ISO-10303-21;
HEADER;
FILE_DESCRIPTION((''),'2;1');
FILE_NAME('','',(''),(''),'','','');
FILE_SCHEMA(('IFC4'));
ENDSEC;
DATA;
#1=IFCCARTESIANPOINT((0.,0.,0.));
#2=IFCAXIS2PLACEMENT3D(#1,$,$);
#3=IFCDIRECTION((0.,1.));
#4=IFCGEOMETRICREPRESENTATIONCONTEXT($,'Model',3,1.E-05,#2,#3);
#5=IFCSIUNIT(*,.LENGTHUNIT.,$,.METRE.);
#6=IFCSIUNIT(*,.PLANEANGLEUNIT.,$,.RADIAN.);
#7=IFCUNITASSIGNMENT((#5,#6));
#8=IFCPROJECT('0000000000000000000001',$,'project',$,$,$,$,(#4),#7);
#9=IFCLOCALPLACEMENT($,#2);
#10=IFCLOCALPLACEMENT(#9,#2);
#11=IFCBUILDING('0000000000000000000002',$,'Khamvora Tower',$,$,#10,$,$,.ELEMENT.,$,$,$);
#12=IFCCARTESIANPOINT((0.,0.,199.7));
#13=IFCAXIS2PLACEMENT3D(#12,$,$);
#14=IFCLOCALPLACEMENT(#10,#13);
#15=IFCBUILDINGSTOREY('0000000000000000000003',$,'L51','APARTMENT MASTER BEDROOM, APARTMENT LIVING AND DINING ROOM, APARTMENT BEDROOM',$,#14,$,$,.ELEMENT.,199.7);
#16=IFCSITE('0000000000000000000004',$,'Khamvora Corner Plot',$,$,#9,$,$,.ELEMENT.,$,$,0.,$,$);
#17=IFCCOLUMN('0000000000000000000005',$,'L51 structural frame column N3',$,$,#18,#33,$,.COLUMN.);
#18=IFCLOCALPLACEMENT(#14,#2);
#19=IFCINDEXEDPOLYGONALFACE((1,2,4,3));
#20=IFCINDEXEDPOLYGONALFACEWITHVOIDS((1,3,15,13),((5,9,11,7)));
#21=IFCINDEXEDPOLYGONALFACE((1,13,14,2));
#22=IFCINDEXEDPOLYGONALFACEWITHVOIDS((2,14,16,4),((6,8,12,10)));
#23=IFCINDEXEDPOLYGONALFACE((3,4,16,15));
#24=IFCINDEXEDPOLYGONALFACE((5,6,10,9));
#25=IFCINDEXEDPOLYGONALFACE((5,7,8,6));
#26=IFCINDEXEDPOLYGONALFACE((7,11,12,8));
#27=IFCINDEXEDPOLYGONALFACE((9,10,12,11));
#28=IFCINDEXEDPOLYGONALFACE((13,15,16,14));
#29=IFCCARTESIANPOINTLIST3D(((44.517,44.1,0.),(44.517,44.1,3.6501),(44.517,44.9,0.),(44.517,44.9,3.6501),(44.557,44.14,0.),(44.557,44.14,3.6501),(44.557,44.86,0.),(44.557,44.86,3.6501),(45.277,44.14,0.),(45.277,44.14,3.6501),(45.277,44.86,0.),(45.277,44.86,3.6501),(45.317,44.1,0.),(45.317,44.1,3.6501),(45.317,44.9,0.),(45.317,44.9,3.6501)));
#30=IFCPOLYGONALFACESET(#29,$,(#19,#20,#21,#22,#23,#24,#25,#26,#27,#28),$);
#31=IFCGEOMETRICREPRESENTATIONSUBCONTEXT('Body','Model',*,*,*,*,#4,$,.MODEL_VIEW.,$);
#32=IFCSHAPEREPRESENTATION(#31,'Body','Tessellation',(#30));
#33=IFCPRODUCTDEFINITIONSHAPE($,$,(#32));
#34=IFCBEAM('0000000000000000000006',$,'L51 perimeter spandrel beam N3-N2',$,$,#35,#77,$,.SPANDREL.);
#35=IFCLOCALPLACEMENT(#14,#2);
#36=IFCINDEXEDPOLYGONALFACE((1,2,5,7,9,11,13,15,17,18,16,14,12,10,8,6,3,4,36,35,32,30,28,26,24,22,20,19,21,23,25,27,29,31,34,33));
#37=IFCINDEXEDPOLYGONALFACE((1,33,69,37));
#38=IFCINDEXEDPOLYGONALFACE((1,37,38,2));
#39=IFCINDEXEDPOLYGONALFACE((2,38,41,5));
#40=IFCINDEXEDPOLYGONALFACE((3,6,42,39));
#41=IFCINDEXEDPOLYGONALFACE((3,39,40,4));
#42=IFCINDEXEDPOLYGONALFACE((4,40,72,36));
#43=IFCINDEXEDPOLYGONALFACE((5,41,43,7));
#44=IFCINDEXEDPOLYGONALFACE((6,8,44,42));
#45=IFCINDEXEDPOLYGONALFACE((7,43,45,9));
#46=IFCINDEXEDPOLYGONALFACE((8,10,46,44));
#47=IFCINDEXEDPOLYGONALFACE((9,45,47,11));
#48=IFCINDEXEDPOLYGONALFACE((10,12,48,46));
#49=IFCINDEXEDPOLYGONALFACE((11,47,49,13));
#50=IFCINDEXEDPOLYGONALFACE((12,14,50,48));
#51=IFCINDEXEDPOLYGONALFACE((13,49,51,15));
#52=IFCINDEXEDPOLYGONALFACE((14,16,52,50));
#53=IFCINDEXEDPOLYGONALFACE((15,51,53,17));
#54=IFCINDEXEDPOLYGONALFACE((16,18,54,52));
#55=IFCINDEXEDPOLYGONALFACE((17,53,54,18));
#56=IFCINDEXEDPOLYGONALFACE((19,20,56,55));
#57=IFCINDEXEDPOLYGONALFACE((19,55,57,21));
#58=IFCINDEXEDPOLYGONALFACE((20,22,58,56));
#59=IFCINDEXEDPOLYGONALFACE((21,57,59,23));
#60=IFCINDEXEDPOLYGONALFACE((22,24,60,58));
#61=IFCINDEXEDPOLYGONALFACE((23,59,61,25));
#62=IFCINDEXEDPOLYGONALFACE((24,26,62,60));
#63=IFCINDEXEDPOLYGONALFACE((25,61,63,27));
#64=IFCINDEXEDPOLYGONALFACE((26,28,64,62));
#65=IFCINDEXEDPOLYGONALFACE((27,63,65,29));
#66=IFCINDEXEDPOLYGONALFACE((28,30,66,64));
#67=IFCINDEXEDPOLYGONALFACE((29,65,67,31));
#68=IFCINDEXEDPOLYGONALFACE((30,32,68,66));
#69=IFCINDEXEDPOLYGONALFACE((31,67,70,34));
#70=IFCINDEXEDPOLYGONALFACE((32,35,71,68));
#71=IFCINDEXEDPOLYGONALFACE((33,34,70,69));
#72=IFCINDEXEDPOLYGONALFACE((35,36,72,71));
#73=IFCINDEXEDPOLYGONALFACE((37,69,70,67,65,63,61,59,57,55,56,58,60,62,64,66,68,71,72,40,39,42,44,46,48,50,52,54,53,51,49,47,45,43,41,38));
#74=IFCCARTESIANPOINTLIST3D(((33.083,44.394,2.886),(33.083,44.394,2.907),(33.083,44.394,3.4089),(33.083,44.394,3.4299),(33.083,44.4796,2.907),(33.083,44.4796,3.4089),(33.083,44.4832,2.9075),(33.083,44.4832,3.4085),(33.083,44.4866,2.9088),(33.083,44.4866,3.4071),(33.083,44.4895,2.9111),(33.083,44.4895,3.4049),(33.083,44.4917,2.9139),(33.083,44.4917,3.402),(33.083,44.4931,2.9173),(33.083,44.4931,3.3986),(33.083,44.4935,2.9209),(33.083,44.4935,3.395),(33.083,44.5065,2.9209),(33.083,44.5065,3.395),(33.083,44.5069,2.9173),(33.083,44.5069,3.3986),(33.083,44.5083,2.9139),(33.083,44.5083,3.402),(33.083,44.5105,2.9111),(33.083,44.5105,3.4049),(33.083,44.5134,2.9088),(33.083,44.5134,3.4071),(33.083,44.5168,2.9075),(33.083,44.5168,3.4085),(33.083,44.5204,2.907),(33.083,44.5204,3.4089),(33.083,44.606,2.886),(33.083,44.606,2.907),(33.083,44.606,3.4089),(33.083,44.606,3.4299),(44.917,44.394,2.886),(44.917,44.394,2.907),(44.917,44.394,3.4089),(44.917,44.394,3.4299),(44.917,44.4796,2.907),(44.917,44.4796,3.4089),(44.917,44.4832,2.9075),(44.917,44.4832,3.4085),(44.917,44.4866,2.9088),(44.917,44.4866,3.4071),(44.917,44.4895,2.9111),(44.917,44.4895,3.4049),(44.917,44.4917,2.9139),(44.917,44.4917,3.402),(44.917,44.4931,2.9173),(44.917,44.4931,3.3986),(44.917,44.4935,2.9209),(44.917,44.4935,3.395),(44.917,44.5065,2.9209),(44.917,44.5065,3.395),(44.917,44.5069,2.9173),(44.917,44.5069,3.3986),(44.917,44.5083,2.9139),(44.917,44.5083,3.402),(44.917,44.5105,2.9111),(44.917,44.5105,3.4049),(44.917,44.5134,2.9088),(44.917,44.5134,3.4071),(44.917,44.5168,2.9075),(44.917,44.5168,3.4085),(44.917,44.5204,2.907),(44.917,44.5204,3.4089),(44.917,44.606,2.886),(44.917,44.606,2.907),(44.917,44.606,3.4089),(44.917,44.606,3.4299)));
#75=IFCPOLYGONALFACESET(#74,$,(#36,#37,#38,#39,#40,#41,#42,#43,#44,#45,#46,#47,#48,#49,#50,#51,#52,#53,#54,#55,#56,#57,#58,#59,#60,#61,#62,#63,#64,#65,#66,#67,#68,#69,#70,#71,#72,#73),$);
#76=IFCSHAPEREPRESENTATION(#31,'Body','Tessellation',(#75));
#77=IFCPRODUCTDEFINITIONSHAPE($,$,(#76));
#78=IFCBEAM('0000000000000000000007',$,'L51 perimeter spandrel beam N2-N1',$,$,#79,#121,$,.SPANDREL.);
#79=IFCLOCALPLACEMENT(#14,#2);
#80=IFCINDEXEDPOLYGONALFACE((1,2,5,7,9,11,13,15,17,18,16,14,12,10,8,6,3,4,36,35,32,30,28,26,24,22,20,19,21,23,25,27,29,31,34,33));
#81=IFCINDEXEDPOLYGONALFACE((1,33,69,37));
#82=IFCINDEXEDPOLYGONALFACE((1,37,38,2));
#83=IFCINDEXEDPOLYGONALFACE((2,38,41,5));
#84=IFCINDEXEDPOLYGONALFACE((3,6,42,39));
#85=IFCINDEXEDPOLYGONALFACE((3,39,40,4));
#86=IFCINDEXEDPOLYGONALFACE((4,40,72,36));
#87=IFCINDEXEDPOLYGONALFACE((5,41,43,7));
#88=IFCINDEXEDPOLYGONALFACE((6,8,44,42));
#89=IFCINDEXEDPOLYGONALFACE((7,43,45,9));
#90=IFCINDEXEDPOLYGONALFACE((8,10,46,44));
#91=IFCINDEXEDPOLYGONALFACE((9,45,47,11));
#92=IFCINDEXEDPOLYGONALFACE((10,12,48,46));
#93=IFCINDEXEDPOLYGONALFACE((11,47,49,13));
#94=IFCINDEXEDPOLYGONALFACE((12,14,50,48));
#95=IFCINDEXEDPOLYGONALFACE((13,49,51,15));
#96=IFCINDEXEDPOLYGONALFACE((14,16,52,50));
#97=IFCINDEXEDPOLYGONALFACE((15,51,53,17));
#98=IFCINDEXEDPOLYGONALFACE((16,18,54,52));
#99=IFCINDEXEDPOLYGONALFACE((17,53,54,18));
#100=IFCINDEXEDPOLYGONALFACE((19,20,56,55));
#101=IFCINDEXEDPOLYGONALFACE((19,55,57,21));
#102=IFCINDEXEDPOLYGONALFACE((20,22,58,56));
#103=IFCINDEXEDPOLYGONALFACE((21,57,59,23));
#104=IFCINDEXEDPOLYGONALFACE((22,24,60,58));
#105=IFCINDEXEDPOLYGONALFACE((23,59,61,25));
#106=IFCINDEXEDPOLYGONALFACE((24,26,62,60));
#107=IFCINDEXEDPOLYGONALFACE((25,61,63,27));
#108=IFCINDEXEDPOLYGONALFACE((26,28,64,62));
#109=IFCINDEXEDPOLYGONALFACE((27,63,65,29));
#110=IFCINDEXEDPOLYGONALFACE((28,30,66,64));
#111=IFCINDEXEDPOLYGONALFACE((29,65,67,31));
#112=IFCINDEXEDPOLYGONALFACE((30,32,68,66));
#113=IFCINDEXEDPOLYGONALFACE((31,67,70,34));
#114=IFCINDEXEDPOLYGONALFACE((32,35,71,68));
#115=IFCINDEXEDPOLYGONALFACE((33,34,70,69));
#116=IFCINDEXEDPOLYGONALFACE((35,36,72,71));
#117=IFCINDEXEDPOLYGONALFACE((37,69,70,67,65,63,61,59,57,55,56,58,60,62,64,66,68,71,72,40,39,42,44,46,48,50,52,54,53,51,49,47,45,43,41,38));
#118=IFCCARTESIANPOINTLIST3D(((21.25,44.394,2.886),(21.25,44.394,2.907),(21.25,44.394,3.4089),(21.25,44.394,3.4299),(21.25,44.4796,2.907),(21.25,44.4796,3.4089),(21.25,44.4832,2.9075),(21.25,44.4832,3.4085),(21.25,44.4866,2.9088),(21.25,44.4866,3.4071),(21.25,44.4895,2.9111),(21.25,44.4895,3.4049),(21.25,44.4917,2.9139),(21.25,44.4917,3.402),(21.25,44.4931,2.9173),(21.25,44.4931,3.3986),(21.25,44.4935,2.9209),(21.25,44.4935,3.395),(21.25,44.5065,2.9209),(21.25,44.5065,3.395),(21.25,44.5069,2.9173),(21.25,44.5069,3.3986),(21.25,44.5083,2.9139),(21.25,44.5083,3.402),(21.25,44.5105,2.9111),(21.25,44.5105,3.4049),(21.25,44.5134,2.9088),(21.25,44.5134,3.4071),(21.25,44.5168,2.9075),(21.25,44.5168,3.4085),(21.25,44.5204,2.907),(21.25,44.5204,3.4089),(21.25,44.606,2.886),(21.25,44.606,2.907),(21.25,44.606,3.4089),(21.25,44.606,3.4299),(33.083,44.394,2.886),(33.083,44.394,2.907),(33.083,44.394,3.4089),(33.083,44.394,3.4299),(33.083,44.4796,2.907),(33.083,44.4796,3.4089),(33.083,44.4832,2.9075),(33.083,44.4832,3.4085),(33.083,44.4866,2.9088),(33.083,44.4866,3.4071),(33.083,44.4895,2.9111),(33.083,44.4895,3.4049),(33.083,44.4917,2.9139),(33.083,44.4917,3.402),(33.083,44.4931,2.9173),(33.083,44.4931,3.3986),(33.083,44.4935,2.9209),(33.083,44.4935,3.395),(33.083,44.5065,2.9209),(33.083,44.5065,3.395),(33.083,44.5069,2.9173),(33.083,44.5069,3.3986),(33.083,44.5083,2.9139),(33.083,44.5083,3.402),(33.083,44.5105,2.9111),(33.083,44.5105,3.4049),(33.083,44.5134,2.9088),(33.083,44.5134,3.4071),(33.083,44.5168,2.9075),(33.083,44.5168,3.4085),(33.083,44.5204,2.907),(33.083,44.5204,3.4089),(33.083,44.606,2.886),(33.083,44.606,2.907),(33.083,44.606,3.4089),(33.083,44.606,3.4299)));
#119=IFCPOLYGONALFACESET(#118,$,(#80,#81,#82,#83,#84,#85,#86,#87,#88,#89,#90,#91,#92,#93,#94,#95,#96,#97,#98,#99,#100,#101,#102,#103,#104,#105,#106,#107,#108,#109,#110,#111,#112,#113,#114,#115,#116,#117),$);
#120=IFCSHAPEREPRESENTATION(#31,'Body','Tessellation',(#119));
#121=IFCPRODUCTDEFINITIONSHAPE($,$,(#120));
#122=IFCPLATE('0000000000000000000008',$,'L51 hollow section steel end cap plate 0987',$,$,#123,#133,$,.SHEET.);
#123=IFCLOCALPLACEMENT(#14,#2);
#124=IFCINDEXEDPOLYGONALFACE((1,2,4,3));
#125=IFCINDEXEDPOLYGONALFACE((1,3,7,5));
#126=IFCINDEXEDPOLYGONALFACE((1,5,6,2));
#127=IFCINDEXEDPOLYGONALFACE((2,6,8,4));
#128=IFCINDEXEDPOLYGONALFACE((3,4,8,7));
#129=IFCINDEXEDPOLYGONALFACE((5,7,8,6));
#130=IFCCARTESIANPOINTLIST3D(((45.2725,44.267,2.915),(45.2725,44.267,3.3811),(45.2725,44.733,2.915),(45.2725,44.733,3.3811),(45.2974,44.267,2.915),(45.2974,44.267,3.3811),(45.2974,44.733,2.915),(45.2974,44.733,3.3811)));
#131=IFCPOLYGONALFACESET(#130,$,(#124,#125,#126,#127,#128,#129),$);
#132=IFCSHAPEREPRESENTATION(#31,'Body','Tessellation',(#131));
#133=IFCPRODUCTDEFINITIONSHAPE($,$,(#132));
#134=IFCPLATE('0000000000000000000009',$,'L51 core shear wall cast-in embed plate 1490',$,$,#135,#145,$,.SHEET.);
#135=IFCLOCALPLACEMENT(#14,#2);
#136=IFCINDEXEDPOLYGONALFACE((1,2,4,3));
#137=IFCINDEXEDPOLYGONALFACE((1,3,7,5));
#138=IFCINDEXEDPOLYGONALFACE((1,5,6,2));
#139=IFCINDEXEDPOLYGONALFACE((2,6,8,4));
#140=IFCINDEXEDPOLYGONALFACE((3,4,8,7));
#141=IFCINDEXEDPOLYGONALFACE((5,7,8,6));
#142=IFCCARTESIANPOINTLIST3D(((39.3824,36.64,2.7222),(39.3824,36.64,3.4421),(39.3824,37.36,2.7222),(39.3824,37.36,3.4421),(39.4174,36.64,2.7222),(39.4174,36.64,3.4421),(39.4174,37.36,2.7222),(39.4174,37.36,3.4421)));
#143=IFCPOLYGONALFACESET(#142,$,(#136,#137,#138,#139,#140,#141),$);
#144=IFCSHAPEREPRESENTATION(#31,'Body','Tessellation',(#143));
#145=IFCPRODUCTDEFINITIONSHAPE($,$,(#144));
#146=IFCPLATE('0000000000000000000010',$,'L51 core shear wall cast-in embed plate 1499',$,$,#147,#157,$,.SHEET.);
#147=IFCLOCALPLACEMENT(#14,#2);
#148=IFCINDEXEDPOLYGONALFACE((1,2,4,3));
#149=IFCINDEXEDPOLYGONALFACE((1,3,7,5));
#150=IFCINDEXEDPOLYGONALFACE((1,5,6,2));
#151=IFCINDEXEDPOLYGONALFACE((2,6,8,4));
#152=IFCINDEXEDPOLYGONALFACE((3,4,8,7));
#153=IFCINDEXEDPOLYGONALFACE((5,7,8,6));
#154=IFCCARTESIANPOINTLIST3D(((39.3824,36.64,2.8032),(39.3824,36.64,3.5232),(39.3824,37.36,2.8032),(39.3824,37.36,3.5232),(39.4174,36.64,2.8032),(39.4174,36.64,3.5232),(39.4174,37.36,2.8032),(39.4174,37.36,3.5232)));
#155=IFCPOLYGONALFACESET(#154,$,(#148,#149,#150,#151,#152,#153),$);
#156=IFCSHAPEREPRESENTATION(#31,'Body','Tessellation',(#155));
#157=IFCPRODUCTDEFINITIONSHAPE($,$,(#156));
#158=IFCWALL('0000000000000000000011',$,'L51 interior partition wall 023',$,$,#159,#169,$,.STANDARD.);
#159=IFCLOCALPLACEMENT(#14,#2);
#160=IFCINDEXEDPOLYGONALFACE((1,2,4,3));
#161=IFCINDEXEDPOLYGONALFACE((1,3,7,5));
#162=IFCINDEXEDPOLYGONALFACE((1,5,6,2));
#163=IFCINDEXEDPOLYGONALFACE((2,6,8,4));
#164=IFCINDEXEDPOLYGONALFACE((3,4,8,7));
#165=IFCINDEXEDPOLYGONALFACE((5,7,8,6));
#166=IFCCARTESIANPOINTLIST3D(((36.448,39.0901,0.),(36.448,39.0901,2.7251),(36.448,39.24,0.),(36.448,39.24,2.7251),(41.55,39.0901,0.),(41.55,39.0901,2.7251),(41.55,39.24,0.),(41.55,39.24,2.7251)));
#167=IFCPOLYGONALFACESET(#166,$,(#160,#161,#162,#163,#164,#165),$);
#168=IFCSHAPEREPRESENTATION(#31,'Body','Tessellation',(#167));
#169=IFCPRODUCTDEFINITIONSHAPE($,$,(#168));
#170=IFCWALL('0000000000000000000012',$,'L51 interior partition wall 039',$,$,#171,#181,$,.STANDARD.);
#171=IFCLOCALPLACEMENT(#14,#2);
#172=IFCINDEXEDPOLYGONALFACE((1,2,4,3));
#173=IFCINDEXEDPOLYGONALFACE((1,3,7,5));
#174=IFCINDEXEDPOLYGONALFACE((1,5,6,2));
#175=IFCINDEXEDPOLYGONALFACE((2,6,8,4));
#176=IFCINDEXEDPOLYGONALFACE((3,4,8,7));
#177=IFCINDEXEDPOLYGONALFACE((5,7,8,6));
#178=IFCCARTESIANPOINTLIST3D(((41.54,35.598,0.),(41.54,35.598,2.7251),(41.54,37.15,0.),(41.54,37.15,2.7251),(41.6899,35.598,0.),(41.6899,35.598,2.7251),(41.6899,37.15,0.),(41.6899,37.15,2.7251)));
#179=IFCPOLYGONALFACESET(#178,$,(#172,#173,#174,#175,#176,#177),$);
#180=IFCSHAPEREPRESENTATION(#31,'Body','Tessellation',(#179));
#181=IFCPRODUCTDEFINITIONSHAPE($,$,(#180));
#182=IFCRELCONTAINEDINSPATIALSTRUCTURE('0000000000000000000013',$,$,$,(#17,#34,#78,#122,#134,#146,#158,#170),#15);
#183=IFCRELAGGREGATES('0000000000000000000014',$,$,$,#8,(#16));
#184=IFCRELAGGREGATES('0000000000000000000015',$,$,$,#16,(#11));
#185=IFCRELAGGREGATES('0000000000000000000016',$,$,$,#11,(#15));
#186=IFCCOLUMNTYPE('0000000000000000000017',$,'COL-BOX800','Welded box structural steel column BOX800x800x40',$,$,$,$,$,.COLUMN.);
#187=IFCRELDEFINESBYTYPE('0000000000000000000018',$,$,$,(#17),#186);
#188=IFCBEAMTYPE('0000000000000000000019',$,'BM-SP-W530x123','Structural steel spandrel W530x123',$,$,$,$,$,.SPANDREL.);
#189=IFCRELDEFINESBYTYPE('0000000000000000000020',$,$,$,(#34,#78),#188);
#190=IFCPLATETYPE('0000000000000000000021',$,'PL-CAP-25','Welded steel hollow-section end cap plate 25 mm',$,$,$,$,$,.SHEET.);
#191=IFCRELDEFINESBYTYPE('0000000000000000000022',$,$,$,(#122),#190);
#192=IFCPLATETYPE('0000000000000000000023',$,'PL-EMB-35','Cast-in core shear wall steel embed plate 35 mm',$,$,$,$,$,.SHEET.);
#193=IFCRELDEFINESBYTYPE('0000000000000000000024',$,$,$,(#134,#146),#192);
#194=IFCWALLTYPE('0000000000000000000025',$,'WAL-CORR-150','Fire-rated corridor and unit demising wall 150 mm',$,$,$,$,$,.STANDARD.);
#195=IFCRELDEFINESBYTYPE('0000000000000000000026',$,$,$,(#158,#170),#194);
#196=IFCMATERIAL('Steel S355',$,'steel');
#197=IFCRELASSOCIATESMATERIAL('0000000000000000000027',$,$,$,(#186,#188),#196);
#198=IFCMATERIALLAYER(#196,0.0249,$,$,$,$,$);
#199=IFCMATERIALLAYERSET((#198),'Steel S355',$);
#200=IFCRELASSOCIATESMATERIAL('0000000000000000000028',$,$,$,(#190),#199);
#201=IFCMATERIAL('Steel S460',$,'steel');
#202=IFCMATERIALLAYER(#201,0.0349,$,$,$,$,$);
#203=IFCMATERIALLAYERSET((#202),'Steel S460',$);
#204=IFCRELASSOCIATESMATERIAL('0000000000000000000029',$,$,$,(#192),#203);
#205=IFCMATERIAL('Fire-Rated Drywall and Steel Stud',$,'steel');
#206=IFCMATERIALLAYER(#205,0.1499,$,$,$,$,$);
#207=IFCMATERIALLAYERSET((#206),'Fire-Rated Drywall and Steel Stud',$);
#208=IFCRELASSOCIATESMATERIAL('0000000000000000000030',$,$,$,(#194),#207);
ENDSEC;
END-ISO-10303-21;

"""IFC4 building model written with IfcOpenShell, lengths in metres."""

from ifc_helpers import new_model, si_unit, direction, frame, frame_2d, origin, origin_2d, place, context, subcontext, project, spatial, rectangle, hollow_rectangle, i_section, extrude, material, layer, layer_set, material_profile, profile_set, type_object, element, save


model = new_model("IFC4")

# Units and contexts
model_context = context("Model", 3, precision=1e-05, world=origin(), true_north=direction((0.0, 1.0)))
body_context = subcontext(model_context, "Body", "Model", "MODEL_VIEW")
ifc_project = project(units=[si_unit("LENGTHUNIT", "METRE"), si_unit("PLANEANGLEUNIT", "RADIAN")], contexts=[model_context])

# Site, building, storey
site_placement = place(None, origin())
site = spatial("IfcSite", under=ifc_project, at=site_placement, Name="Khamvora Corner Plot", CompositionType="ELEMENT", RefElevation=0.0)
building_placement = place(site_placement, origin())
building = spatial("IfcBuilding", under=site, at=building_placement, Name="Khamvora Tower", CompositionType="ELEMENT")
storey_placement = place(building_placement, frame((0.0, 0.0, 199.7)))
storey = spatial("IfcBuildingStorey", under=building, at=storey_placement, Name="L51", Description="APARTMENT MASTER BEDROOM, APARTMENT LIVING AND DINING ROOM, APARTMENT BEDROOM", CompositionType="ELEMENT", Elevation=199.7)

# Column
ifc_material_1 = material(Name="Steel S355", Category="steel")
ifc_material_profile_1 = material_profile(ifc_material_1, hollow_rectangle(XDim=0.8, YDim=0.8, WallThickness=0.04, at=origin_2d()), Name="BOX800x800x40")
ifc_profile_set_1 = profile_set([ifc_material_profile_1], Name="Steel S355")
column_type = type_object("IfcColumnType", Name="COL-BOX800", Description="Welded box structural steel column BOX800x800x40", PredefinedType="COLUMN", material=ifc_profile_set_1)
column_placement = place(storey_placement, frame((44.917, 44.5, 0.0), z_axis=(0.0, 0.0, 1.0), x_axis=(1.0, 0.0, 0.0)))
element("IfcColumn", 1, at=column_placement, inside=storey, type_object=column_type, Name="L51 structural frame column N3", PredefinedType="COLUMN", context=body_context, shape_type="SweptSolid", body=[
    extrude(hollow_rectangle(XDim=0.8, YDim=0.8, WallThickness=0.04, at=origin_2d()), origin(), (0.0, 0.0, 1.0), 3.6501),
])

# Beams
ifc_material_profile_2 = material_profile(ifc_material_1, i_section(OverallWidth=0.2119, OverallDepth=0.5439, WebThickness=0.0129, FlangeThickness=0.021, FilletRadius=0.0139, at=origin_2d()), Name="W530x123")
ifc_profile_set_2 = profile_set([ifc_material_profile_2], Name="Steel S355")
beam_type = type_object("IfcBeamType", Name="BM-SP-W530x123", Description="Structural steel spandrel W530x123", PredefinedType="SPANDREL", material=ifc_profile_set_2)
beam_1_placement = place(storey_placement, frame((44.917, 44.5, 3.158), z_axis=(-1.0, 0.0, 0.0), x_axis=(0.0, -1.0, 0.0)))
element("IfcBeam", 2, at=beam_1_placement, inside=storey, type_object=beam_type, Name="L51 perimeter spandrel beam N3-N2", PredefinedType="SPANDREL", context=body_context, shape_type="SweptSolid", body=[
    extrude(i_section(OverallWidth=0.2119, OverallDepth=0.5439, WebThickness=0.0129, FlangeThickness=0.021, FilletRadius=0.0139, at=origin_2d()), origin(), (0.0, 0.0, 1.0), 11.834),
])
beam_2_placement = place(storey_placement, frame((33.083, 44.5, 3.158), z_axis=(-1.0, 0.0, 0.0), x_axis=(0.0, -1.0, 0.0)))
element("IfcBeam", 3, at=beam_2_placement, inside=storey, type_object=beam_type, Name="L51 perimeter spandrel beam N2-N1", PredefinedType="SPANDREL", context=body_context, shape_type="SweptSolid", body=[
    extrude(i_section(OverallWidth=0.2119, OverallDepth=0.5439, WebThickness=0.0129, FlangeThickness=0.021, FilletRadius=0.0139, at=origin_2d()), origin(), (0.0, 0.0, 1.0), 11.833),
])

# Plates
ifc_layer_1 = layer(ifc_material_1, 0.0249)
ifc_layer_set_1 = layer_set([ifc_layer_1], Name="Steel S355")
plate_type_1 = type_object("IfcPlateType", Name="PL-CAP-25", Description="Welded steel hollow-section end cap plate 25 mm", PredefinedType="SHEET", material=ifc_layer_set_1)
plate_placement = place(storey_placement, frame((45.2849, 44.5, 2.915), z_axis=(0.0, 0.0, 1.0), x_axis=(-1.0, 0.0, 0.0)))
element("IfcPlate", 4, at=plate_placement, inside=storey, type_object=plate_type_1, Name="L51 hollow section steel end cap plate 0987", PredefinedType="SHEET", context=body_context, shape_type="SweptSolid", body=[
    extrude(rectangle(XDim=0.0249, YDim=0.4661, at=origin_2d()), origin(), (0.0, 0.0, 1.0), 0.4661),
])
ifc_material_2 = material(Name="Steel S460", Category="steel")
ifc_layer_2 = layer(ifc_material_2, 0.0349)
ifc_layer_set_2 = layer_set([ifc_layer_2], Name="Steel S460")
plate_type_2 = type_object("IfcPlateType", Name="PL-EMB-35", Description="Cast-in core shear wall steel embed plate 35 mm", PredefinedType="SHEET", material=ifc_layer_set_2)
for number, where, z_axis, x_axis, name in (
    (5, (39.3999, 37.0, 2.7222), (0.0, 0.0, 1.0), (1.0, 0.0, 0.0), "L51 core shear wall cast-in embed plate 1490"),
    (6, (39.3999, 37.0, 2.8032), (0.0, 0.0, 1.0), (1.0, 0.0, 0.0), "L51 core shear wall cast-in embed plate 1499"),
):
    element("IfcPlate", number, at=place(storey_placement, frame(where, z_axis=z_axis, x_axis=x_axis)), inside=storey, type_object=plate_type_2, Name=name, PredefinedType="SHEET", context=body_context, shape_type="SweptSolid", body=[
        extrude(rectangle(XDim=0.0349, YDim=0.72, at=origin_2d()), origin(), (0.0, 0.0, 1.0), 0.72),
    ])

# Shared definitions
ifc_material_3 = material(Name="Fire-Rated Drywall and Steel Stud", Category="steel")
ifc_layer_3 = layer(ifc_material_3, 0.1499)
ifc_layer_set_3 = layer_set([ifc_layer_3], Name="Fire-Rated Drywall and Steel Stud")
wall_type_1 = type_object("IfcWallType", Name="WAL-CORR-150", Description="Fire-rated corridor and unit demising wall 150 mm", PredefinedType="STANDARD", material=ifc_layer_set_3)

# Walls
wall_1_placement = place(storey_placement, frame((36.448, 39.165, 0.0), z_axis=(0.0, 0.0, 1.0), x_axis=(1.0, 0.0, 0.0)))
element("IfcWall", 7, at=wall_1_placement, inside=storey, type_object=wall_type_1, Name="L51 interior partition wall 023", PredefinedType="STANDARD", context=body_context, shape_type="SweptSolid", body=[
    extrude(rectangle(XDim=5.1021, YDim=0.1499, at=frame_2d((2.551, 0.0))), origin(), (0.0, 0.0, 1.0), 2.7251),
])
wall_2_placement = place(storey_placement, frame((41.615, 37.1499, 0.0), z_axis=(0.0, 0.0, 1.0), x_axis=(0.0, -1.0, 0.0)))
element("IfcWall", 8, at=wall_2_placement, inside=storey, type_object=wall_type_1, Name="L51 interior partition wall 039", PredefinedType="STANDARD", context=body_context, shape_type="SweptSolid", body=[
    extrude(rectangle(XDim=1.552, YDim=0.1499, at=frame_2d((0.7759, 0.0))), origin(), (0.0, 0.0, 1.0), 2.7251),
])

save(model, "model.ifc")
